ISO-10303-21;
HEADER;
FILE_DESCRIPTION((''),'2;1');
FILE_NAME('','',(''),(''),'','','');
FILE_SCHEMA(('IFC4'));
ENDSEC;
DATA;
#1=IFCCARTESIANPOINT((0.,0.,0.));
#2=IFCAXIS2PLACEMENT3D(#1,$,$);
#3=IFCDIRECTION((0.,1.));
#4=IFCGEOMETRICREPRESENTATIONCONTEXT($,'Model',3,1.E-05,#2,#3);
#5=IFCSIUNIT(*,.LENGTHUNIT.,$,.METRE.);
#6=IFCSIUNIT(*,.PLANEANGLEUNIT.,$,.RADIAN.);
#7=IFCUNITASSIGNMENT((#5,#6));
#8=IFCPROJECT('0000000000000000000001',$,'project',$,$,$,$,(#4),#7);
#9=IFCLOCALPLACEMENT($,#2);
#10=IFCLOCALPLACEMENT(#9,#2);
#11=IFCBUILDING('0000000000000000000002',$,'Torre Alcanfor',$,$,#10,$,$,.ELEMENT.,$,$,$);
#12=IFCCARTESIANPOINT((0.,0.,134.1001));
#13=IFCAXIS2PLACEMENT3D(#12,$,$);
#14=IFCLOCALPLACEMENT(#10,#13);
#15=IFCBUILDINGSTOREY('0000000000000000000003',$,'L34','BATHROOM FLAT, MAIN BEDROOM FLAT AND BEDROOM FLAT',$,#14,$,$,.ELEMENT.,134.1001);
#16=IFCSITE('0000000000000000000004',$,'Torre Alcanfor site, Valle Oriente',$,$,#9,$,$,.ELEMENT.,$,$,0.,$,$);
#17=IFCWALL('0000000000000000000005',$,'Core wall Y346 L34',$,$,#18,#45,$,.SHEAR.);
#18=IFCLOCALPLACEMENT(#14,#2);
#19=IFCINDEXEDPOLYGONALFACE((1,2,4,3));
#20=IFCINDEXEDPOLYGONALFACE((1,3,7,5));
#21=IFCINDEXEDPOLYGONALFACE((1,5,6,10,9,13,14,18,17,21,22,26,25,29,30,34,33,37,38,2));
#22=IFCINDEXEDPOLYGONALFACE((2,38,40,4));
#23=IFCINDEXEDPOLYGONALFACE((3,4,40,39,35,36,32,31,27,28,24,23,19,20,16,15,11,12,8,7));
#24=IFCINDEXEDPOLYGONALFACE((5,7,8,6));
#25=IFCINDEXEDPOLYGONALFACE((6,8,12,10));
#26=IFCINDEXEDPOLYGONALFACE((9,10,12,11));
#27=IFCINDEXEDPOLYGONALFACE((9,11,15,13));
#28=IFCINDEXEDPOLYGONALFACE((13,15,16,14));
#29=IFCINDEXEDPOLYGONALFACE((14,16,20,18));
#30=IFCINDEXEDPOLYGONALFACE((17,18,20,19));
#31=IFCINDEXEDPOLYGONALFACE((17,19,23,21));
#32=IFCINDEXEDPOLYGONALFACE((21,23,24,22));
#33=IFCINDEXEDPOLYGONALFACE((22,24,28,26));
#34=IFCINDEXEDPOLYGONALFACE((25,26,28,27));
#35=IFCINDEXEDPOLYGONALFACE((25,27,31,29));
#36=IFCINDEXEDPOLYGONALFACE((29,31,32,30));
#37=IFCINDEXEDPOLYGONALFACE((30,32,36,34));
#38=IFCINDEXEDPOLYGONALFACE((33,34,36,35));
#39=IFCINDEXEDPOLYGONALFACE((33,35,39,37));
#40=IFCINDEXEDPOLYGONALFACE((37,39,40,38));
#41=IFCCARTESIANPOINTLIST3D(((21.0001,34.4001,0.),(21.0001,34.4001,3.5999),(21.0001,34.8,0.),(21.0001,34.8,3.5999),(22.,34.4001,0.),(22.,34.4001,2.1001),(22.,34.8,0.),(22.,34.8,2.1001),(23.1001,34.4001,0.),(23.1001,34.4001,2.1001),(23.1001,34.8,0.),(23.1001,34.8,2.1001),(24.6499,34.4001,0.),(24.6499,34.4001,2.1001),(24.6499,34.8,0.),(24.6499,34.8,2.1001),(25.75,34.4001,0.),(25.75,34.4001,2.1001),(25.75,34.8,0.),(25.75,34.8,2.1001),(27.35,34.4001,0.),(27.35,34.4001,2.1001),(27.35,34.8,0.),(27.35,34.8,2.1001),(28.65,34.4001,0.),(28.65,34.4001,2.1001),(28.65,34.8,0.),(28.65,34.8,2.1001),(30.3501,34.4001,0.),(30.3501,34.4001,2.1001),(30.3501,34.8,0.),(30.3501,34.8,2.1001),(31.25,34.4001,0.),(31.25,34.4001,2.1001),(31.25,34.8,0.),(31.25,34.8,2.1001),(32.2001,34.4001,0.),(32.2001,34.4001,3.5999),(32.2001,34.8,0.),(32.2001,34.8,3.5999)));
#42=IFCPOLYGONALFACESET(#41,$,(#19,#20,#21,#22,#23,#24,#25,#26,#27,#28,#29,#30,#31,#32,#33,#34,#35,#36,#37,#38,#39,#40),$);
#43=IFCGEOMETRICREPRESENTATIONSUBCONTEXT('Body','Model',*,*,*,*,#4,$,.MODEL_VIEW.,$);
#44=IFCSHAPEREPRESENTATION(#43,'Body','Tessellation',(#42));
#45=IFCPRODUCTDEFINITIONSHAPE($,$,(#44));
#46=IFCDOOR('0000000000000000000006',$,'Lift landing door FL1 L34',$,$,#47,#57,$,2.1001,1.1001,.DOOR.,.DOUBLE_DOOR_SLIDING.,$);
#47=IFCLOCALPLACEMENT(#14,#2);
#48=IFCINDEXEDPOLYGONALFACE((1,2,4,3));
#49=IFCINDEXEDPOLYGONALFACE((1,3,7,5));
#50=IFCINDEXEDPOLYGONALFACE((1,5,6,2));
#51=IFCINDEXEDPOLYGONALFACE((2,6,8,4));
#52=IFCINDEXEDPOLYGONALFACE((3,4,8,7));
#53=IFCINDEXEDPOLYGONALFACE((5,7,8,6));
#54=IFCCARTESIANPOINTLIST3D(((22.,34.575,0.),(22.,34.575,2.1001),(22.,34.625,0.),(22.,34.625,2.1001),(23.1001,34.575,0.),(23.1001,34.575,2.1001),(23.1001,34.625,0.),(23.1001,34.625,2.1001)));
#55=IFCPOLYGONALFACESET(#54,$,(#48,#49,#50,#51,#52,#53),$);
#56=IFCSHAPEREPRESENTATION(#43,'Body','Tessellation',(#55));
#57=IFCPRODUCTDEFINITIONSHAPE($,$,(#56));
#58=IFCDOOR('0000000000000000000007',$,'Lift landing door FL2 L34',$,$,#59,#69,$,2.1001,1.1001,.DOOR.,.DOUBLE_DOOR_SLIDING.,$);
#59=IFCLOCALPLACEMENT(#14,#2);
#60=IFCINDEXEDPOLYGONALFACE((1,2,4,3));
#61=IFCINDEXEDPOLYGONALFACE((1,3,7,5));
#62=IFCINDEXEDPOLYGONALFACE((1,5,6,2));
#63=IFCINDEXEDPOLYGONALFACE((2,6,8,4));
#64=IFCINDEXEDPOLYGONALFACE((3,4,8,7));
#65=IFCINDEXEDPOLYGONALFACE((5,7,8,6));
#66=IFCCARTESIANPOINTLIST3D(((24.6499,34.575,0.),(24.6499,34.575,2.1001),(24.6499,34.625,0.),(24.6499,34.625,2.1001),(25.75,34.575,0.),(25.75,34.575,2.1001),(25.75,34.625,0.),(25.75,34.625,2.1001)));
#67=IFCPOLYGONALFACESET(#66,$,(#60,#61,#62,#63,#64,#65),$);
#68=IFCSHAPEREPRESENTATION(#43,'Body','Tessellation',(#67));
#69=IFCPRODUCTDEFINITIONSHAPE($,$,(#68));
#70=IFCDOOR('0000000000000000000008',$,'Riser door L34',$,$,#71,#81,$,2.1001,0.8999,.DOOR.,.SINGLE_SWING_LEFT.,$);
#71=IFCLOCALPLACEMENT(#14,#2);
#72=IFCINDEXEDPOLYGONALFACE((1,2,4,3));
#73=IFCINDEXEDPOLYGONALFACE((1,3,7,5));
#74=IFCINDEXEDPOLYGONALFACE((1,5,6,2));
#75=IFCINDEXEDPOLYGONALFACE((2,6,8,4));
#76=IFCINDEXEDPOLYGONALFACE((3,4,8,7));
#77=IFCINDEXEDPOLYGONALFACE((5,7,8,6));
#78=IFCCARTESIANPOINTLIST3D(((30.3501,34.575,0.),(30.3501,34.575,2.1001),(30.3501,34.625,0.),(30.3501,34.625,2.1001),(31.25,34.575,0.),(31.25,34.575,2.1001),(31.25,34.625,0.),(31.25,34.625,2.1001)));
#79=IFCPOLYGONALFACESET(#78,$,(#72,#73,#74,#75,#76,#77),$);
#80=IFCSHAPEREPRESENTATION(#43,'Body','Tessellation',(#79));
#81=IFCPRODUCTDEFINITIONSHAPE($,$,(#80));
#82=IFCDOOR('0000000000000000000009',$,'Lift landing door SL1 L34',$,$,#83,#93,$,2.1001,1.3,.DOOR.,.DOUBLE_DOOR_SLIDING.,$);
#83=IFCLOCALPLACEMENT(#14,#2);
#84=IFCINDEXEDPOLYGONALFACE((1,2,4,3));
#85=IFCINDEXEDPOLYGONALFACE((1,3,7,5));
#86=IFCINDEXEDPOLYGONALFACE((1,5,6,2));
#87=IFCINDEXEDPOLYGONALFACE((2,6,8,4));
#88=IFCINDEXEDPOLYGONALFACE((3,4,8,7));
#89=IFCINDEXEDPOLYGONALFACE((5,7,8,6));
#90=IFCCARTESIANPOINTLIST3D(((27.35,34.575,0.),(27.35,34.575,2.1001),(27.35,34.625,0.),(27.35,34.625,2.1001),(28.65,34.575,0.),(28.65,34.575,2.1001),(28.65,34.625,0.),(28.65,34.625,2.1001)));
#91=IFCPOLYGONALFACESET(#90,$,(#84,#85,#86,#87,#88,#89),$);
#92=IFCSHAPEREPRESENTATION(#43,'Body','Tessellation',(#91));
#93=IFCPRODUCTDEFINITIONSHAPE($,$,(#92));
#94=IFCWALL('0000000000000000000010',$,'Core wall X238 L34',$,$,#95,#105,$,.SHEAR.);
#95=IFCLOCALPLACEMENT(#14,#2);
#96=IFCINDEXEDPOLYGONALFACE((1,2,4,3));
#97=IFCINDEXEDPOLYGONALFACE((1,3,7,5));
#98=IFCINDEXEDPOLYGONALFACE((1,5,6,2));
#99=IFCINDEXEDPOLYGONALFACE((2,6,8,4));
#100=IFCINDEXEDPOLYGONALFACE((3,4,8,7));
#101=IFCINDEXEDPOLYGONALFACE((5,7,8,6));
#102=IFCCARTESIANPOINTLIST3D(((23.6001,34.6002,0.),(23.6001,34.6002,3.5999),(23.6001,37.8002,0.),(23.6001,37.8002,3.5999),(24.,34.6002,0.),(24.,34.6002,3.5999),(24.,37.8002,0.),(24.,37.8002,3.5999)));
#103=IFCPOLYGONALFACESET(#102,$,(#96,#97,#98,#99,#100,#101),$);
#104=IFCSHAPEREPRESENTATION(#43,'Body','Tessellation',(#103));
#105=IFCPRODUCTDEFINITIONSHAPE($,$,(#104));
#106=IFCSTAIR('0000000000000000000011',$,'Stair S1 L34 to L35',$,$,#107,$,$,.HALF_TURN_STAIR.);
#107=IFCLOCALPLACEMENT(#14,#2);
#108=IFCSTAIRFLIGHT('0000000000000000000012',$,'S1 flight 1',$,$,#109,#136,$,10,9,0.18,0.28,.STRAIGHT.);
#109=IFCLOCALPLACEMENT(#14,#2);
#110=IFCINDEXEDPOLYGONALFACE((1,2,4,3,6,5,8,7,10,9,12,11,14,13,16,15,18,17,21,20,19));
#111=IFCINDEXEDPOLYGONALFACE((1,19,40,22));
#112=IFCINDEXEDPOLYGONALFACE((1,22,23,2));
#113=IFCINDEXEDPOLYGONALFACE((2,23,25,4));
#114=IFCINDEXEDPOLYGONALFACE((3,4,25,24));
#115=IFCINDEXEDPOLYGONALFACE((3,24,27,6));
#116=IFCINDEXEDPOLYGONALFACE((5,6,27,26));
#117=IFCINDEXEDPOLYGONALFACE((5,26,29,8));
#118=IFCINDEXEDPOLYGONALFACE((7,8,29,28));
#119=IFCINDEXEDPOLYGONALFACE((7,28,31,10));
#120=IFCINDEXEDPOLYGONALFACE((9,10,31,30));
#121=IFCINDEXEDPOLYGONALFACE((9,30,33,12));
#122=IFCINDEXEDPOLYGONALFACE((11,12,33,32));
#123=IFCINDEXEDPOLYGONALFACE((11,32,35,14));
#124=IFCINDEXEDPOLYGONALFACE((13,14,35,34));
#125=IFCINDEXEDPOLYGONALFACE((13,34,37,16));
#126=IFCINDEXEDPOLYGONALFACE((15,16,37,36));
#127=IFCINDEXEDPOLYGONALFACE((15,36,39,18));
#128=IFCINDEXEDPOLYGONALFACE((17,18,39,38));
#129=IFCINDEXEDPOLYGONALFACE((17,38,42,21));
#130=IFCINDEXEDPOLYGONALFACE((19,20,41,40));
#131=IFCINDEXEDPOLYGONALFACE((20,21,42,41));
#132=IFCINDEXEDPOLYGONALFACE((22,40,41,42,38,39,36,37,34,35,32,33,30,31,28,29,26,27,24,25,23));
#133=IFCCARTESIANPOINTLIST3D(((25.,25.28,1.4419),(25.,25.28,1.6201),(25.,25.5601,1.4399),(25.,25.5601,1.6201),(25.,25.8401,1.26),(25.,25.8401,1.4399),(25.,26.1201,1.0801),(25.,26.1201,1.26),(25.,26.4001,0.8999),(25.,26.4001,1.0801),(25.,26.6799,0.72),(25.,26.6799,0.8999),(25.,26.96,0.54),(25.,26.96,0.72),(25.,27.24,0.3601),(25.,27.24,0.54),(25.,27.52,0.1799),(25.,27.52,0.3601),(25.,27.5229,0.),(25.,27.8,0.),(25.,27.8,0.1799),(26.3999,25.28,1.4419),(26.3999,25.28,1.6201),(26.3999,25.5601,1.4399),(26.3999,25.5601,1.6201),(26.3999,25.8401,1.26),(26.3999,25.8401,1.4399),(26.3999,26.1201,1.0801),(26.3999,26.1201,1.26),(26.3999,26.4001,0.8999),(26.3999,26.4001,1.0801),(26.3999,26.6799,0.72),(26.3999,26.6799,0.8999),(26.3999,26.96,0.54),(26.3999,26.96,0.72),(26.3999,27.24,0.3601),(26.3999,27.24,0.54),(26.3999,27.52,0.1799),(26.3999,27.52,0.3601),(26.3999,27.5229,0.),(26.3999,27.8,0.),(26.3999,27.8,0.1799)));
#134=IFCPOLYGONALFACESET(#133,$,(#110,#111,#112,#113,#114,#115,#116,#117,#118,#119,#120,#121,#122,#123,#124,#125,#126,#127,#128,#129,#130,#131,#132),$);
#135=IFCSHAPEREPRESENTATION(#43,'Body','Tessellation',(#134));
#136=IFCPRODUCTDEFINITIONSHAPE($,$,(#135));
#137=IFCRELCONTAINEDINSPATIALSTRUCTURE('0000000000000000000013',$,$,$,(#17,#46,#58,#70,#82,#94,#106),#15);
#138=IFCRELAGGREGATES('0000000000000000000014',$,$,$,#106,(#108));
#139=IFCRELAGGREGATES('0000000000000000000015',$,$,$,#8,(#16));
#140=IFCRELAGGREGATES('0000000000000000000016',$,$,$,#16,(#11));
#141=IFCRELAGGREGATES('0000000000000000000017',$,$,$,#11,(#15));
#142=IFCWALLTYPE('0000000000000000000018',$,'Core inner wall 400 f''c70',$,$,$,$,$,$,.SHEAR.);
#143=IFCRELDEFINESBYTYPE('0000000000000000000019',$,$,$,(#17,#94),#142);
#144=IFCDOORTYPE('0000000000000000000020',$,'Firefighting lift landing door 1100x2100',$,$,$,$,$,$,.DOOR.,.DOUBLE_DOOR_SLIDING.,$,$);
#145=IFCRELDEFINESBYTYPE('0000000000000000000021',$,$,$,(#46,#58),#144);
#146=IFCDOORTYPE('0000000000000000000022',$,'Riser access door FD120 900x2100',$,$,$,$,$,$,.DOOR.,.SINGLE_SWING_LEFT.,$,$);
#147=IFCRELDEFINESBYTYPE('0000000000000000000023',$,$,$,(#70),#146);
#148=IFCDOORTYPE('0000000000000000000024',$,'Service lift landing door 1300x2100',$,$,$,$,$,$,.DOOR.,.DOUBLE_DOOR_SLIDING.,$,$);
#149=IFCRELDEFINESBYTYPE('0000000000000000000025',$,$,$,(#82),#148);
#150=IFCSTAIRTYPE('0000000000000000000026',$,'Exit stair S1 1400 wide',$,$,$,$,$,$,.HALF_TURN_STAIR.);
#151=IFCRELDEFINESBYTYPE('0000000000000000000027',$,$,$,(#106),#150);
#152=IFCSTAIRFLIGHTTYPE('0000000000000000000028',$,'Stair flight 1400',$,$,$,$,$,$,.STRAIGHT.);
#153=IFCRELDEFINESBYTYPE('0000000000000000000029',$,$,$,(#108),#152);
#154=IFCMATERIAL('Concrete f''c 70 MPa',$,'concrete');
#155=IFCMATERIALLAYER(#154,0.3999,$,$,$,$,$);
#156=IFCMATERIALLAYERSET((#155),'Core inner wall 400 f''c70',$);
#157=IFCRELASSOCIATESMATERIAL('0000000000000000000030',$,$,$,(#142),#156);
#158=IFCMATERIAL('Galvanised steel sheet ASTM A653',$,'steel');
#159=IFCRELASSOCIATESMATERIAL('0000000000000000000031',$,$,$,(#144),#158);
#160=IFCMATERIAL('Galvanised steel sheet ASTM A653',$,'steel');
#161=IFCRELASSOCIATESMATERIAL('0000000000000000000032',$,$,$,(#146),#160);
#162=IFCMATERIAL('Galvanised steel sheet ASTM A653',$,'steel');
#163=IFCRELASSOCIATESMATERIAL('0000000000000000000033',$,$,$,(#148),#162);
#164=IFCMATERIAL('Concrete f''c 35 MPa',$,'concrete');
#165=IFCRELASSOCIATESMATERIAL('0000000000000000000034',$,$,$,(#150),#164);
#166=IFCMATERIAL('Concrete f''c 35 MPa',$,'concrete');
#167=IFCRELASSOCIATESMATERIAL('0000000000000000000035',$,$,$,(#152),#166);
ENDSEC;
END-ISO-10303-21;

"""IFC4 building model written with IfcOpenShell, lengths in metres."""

from ifc_helpers import new_model, si_unit, direction, frame, frame_2d, origin, place, context, subcontext, project, spatial, polyline, rectangle, outline, extrude, material, layer, layer_set, type_object, element, fill, aggregate, save


model = new_model("IFC4")

# Units and contexts
model_context = context("Model", 3, precision=1e-05, world=origin(), true_north=direction((0.0, 1.0)))
body_context = subcontext(model_context, "Body", "Model", "MODEL_VIEW")
ifc_project = project(units=[si_unit("LENGTHUNIT", "METRE"), si_unit("PLANEANGLEUNIT", "RADIAN")], contexts=[model_context])

# Site, building, storey
site_placement = place(None, origin())
site = spatial("IfcSite", under=ifc_project, at=site_placement, Name="Torre Alcanfor site, Valle Oriente", CompositionType="ELEMENT", RefElevation=0.0)
building_placement = place(site_placement, origin())
building = spatial("IfcBuilding", under=site, at=building_placement, Name="Torre Alcanfor", CompositionType="ELEMENT")
storey_placement = place(building_placement, frame((0.0, 0.0, 134.1001)))
storey = spatial("IfcBuildingStorey", under=building, at=storey_placement, Name="L34", Description="BATHROOM FLAT, MAIN BEDROOM FLAT AND BEDROOM FLAT", CompositionType="ELEMENT", Elevation=134.1001)

# Shared definitions
ifc_material_1 = material(Name="Concrete f'c 70 MPa", Category="concrete")
ifc_layer_1 = layer(ifc_material_1, 0.3999)
ifc_layer_set_1 = layer_set([ifc_layer_1], Name="Core inner wall 400 f'c70")
wall_type_1 = type_object("IfcWallType", Name="Core inner wall 400 f'c70", PredefinedType="SHEAR", material=ifc_layer_set_1)

# Wall, openings, doors
wall_1_placement = place(storey_placement, frame((21.0, 34.6001, 0.0), z_axis=(0.0, 0.0, 1.0), x_axis=(1.0, 0.0, 0.0)))
wall_1 = element("IfcWall", 1, at=wall_1_placement, inside=storey, type_object=wall_type_1, Name="Core wall Y346 L34", PredefinedType="SHEAR", context=body_context, shape_type="SweptSolid", body=[
    extrude(rectangle(XDim=11.2, YDim=0.3999, at=frame_2d((5.6001, 0.0))), origin(), (0.0, 0.0, 1.0), 3.5999),
])
opening_1_placement = place(wall_1_placement, frame((9.3501, 0.0, 0.0)))
opening_1 = element("IfcOpeningElement", 2, at=opening_1_placement, cuts=wall_1, PredefinedType="OPENING", context=body_context, shape_type="SweptSolid", body=[
    extrude(rectangle(XDim=0.8999, YDim=2.1001, at=frame_2d((0.45, 1.05))), frame((0.0, 0.21, 0.0), z_axis=(0.0, -1.0, 0.0), x_axis=(1.0, 0.0, 0.0)), (0.0, 0.0, 1.0), 0.4199),
])
opening_2_placement = place(wall_1_placement, frame((1.0, 0.0, 0.0)))
opening_2 = element("IfcOpeningElement", 3, at=opening_2_placement, cuts=wall_1, PredefinedType="OPENING", context=body_context, shape_type="SweptSolid", body=[
    extrude(rectangle(XDim=1.1001, YDim=2.1001, at=frame_2d((0.55, 1.05))), frame((0.0, 0.21, 0.0), z_axis=(0.0, -1.0, 0.0), x_axis=(1.0, 0.0, 0.0)), (0.0, 0.0, 1.0), 0.4199),
])
opening_3_placement = place(wall_1_placement, frame((3.6499, 0.0, 0.0)))
opening_3 = element("IfcOpeningElement", 4, at=opening_3_placement, cuts=wall_1, PredefinedType="OPENING", context=body_context, shape_type="SweptSolid", body=[
    extrude(rectangle(XDim=1.1001, YDim=2.1001, at=frame_2d((0.55, 1.05))), frame((0.0, 0.21, 0.0), z_axis=(0.0, -1.0, 0.0), x_axis=(1.0, 0.0, 0.0)), (0.0, 0.0, 1.0), 0.4199),
])
opening_4_placement = place(wall_1_placement, frame((6.3501, 0.0, 0.0)))
opening_4 = element("IfcOpeningElement", 5, at=opening_4_placement, cuts=wall_1, PredefinedType="OPENING", context=body_context, shape_type="SweptSolid", body=[
    extrude(rectangle(XDim=1.3, YDim=2.1001, at=frame_2d((0.6499, 1.05))), frame((0.0, 0.21, 0.0), z_axis=(0.0, -1.0, 0.0), x_axis=(1.0, 0.0, 0.0)), (0.0, 0.0, 1.0), 0.4199),
])
ifc_material_2 = material(Name="Galvanised steel sheet ASTM A653", Category="steel")
door_type_1 = type_object("IfcDoorType", Name="Firefighting lift landing door 1100x2100", OperationType="DOUBLE_DOOR_SLIDING", PredefinedType="DOOR", material=ifc_material_2)
door_1_placement = place(opening_2_placement, origin())
door_1 = element("IfcDoor", 6, at=door_1_placement, inside=storey, type_object=door_type_1, Name="Lift landing door FL1 L34", OperationType="DOUBLE_DOOR_SLIDING", OverallHeight=2.1001, OverallWidth=1.1001, PredefinedType="DOOR", context=body_context, shape_type="SweptSolid", body=[
    extrude(rectangle(XDim=1.1001, YDim=2.1001, at=frame_2d((0.55, 1.05))), frame((0.0, 0.0249, 0.0), z_axis=(0.0, -1.0, 0.0), x_axis=(1.0, 0.0, 0.0)), (0.0, 0.0, 1.0), 0.05),
])
fill(opening_2, door_1)
door_2_placement = place(opening_3_placement, origin())
door_2 = element("IfcDoor", 7, at=door_2_placement, inside=storey, type_object=door_type_1, Name="Lift landing door FL2 L34", OperationType="DOUBLE_DOOR_SLIDING", OverallHeight=2.1001, OverallWidth=1.1001, PredefinedType="DOOR", context=body_context, shape_type="SweptSolid", body=[
    extrude(rectangle(XDim=1.1001, YDim=2.1001, at=frame_2d((0.55, 1.05))), frame((0.0, 0.0249, 0.0), z_axis=(0.0, -1.0, 0.0), x_axis=(1.0, 0.0, 0.0)), (0.0, 0.0, 1.0), 0.05),
])
fill(opening_3, door_2)
ifc_material_3 = material(Name="Galvanised steel sheet ASTM A653", Category="steel")
door_type_2 = type_object("IfcDoorType", Name="Riser access door FD120 900x2100", OperationType="SINGLE_SWING_LEFT", PredefinedType="DOOR", material=ifc_material_3)
door_3_placement = place(opening_1_placement, origin())
door_3 = element("IfcDoor", 8, at=door_3_placement, inside=storey, type_object=door_type_2, Name="Riser door L34", OperationType="SINGLE_SWING_LEFT", OverallHeight=2.1001, OverallWidth=0.8999, PredefinedType="DOOR", context=body_context, shape_type="SweptSolid", body=[
    extrude(rectangle(XDim=0.8999, YDim=2.1001, at=frame_2d((0.45, 1.05))), frame((0.0, 0.0249, 0.0), z_axis=(0.0, -1.0, 0.0), x_axis=(1.0, 0.0, 0.0)), (0.0, 0.0, 1.0), 0.05),
])
fill(opening_1, door_3)
ifc_material_4 = material(Name="Galvanised steel sheet ASTM A653", Category="steel")
door_type_3 = type_object("IfcDoorType", Name="Service lift landing door 1300x2100", OperationType="DOUBLE_DOOR_SLIDING", PredefinedType="DOOR", material=ifc_material_4)
door_4_placement = place(opening_4_placement, origin())
door_4 = element("IfcDoor", 9, at=door_4_placement, inside=storey, type_object=door_type_3, Name="Lift landing door SL1 L34", OperationType="DOUBLE_DOOR_SLIDING", OverallHeight=2.1001, OverallWidth=1.3, PredefinedType="DOOR", context=body_context, shape_type="SweptSolid", body=[
    extrude(rectangle(XDim=1.3, YDim=2.1001, at=frame_2d((0.6499, 1.05))), frame((0.0, 0.0249, 0.0), z_axis=(0.0, -1.0, 0.0), x_axis=(1.0, 0.0, 0.0)), (0.0, 0.0, 1.0), 0.05),
])
fill(opening_4, door_4)

# Wall
wall_2_placement = place(storey_placement, frame((23.8, 34.6001, 0.0), z_axis=(0.0, 0.0, 1.0), x_axis=(0.0, 1.0, 0.0)))
element("IfcWall", 10, at=wall_2_placement, inside=storey, type_object=wall_type_1, Name="Core wall X238 L34", PredefinedType="SHEAR", context=body_context, shape_type="SweptSolid", body=[
    extrude(rectangle(XDim=3.2, YDim=0.3999, at=frame_2d((1.6001, 0.0))), origin(), (0.0, 0.0, 1.0), 3.5999),
])

# Stair, stair flight
ifc_material_5 = material(Name="Concrete f'c 35 MPa", Category="concrete")
stair_type = type_object("IfcStairType", Name="Exit stair S1 1400 wide", PredefinedType="HALF_TURN_STAIR", material=ifc_material_5)
stair_placement = place(storey_placement, origin())
stair = element("IfcStair", 11, at=stair_placement, inside=storey, type_object=stair_type, Name="Stair S1 L34 to L35", PredefinedType="HALF_TURN_STAIR")
ifc_material_6 = material(Name="Concrete f'c 35 MPa", Category="concrete")
stair_flight_type = type_object("IfcStairFlightType", Name="Stair flight 1400", PredefinedType="STRAIGHT", material=ifc_material_6)
stair_flight_placement = place(storey_placement, frame((25.7, 27.8, 0.0), z_axis=(0.0, 0.0, 1.0), x_axis=(0.0, -1.0, 0.0)))
stair_flight = element("IfcStairFlight", 12, at=stair_flight_placement, type_object=stair_flight_type, Name="S1 flight 1", NumberOfRisers=10, NumberOfTreads=9, PredefinedType="STRAIGHT", RiserHeight=0.18, TreadLength=0.28, context=body_context, shape_type="SweptSolid", body=[
    extrude(outline(polyline([(0.0, 0.0), (0.0, 0.1799), (0.28, 0.1799), (0.28, 0.3601), (0.5601, 0.3601), (0.5601, 0.54), (0.8401, 0.54), (0.8401, 0.72), (1.1201, 0.72), (1.1201, 0.8999), (1.3999, 0.8999), (1.3999, 1.0801), (1.6799, 1.0801), (1.6799, 1.26), (1.96, 1.26), (1.96, 1.4399), (2.24, 1.4399), (2.24, 1.6201), (2.52, 1.6201), (2.52, 1.8), (2.52, 1.4419), (0.2771, 0.0), (0.0, 0.0)])), frame((0.0, 0.7, 0.0), z_axis=(0.0, -1.0, 0.0), x_axis=(1.0, 0.0, 0.0)), (0.0, 0.0, 1.0), 1.3999),
])
aggregate(stair, [stair_flight])

save(model, "model.ifc")
